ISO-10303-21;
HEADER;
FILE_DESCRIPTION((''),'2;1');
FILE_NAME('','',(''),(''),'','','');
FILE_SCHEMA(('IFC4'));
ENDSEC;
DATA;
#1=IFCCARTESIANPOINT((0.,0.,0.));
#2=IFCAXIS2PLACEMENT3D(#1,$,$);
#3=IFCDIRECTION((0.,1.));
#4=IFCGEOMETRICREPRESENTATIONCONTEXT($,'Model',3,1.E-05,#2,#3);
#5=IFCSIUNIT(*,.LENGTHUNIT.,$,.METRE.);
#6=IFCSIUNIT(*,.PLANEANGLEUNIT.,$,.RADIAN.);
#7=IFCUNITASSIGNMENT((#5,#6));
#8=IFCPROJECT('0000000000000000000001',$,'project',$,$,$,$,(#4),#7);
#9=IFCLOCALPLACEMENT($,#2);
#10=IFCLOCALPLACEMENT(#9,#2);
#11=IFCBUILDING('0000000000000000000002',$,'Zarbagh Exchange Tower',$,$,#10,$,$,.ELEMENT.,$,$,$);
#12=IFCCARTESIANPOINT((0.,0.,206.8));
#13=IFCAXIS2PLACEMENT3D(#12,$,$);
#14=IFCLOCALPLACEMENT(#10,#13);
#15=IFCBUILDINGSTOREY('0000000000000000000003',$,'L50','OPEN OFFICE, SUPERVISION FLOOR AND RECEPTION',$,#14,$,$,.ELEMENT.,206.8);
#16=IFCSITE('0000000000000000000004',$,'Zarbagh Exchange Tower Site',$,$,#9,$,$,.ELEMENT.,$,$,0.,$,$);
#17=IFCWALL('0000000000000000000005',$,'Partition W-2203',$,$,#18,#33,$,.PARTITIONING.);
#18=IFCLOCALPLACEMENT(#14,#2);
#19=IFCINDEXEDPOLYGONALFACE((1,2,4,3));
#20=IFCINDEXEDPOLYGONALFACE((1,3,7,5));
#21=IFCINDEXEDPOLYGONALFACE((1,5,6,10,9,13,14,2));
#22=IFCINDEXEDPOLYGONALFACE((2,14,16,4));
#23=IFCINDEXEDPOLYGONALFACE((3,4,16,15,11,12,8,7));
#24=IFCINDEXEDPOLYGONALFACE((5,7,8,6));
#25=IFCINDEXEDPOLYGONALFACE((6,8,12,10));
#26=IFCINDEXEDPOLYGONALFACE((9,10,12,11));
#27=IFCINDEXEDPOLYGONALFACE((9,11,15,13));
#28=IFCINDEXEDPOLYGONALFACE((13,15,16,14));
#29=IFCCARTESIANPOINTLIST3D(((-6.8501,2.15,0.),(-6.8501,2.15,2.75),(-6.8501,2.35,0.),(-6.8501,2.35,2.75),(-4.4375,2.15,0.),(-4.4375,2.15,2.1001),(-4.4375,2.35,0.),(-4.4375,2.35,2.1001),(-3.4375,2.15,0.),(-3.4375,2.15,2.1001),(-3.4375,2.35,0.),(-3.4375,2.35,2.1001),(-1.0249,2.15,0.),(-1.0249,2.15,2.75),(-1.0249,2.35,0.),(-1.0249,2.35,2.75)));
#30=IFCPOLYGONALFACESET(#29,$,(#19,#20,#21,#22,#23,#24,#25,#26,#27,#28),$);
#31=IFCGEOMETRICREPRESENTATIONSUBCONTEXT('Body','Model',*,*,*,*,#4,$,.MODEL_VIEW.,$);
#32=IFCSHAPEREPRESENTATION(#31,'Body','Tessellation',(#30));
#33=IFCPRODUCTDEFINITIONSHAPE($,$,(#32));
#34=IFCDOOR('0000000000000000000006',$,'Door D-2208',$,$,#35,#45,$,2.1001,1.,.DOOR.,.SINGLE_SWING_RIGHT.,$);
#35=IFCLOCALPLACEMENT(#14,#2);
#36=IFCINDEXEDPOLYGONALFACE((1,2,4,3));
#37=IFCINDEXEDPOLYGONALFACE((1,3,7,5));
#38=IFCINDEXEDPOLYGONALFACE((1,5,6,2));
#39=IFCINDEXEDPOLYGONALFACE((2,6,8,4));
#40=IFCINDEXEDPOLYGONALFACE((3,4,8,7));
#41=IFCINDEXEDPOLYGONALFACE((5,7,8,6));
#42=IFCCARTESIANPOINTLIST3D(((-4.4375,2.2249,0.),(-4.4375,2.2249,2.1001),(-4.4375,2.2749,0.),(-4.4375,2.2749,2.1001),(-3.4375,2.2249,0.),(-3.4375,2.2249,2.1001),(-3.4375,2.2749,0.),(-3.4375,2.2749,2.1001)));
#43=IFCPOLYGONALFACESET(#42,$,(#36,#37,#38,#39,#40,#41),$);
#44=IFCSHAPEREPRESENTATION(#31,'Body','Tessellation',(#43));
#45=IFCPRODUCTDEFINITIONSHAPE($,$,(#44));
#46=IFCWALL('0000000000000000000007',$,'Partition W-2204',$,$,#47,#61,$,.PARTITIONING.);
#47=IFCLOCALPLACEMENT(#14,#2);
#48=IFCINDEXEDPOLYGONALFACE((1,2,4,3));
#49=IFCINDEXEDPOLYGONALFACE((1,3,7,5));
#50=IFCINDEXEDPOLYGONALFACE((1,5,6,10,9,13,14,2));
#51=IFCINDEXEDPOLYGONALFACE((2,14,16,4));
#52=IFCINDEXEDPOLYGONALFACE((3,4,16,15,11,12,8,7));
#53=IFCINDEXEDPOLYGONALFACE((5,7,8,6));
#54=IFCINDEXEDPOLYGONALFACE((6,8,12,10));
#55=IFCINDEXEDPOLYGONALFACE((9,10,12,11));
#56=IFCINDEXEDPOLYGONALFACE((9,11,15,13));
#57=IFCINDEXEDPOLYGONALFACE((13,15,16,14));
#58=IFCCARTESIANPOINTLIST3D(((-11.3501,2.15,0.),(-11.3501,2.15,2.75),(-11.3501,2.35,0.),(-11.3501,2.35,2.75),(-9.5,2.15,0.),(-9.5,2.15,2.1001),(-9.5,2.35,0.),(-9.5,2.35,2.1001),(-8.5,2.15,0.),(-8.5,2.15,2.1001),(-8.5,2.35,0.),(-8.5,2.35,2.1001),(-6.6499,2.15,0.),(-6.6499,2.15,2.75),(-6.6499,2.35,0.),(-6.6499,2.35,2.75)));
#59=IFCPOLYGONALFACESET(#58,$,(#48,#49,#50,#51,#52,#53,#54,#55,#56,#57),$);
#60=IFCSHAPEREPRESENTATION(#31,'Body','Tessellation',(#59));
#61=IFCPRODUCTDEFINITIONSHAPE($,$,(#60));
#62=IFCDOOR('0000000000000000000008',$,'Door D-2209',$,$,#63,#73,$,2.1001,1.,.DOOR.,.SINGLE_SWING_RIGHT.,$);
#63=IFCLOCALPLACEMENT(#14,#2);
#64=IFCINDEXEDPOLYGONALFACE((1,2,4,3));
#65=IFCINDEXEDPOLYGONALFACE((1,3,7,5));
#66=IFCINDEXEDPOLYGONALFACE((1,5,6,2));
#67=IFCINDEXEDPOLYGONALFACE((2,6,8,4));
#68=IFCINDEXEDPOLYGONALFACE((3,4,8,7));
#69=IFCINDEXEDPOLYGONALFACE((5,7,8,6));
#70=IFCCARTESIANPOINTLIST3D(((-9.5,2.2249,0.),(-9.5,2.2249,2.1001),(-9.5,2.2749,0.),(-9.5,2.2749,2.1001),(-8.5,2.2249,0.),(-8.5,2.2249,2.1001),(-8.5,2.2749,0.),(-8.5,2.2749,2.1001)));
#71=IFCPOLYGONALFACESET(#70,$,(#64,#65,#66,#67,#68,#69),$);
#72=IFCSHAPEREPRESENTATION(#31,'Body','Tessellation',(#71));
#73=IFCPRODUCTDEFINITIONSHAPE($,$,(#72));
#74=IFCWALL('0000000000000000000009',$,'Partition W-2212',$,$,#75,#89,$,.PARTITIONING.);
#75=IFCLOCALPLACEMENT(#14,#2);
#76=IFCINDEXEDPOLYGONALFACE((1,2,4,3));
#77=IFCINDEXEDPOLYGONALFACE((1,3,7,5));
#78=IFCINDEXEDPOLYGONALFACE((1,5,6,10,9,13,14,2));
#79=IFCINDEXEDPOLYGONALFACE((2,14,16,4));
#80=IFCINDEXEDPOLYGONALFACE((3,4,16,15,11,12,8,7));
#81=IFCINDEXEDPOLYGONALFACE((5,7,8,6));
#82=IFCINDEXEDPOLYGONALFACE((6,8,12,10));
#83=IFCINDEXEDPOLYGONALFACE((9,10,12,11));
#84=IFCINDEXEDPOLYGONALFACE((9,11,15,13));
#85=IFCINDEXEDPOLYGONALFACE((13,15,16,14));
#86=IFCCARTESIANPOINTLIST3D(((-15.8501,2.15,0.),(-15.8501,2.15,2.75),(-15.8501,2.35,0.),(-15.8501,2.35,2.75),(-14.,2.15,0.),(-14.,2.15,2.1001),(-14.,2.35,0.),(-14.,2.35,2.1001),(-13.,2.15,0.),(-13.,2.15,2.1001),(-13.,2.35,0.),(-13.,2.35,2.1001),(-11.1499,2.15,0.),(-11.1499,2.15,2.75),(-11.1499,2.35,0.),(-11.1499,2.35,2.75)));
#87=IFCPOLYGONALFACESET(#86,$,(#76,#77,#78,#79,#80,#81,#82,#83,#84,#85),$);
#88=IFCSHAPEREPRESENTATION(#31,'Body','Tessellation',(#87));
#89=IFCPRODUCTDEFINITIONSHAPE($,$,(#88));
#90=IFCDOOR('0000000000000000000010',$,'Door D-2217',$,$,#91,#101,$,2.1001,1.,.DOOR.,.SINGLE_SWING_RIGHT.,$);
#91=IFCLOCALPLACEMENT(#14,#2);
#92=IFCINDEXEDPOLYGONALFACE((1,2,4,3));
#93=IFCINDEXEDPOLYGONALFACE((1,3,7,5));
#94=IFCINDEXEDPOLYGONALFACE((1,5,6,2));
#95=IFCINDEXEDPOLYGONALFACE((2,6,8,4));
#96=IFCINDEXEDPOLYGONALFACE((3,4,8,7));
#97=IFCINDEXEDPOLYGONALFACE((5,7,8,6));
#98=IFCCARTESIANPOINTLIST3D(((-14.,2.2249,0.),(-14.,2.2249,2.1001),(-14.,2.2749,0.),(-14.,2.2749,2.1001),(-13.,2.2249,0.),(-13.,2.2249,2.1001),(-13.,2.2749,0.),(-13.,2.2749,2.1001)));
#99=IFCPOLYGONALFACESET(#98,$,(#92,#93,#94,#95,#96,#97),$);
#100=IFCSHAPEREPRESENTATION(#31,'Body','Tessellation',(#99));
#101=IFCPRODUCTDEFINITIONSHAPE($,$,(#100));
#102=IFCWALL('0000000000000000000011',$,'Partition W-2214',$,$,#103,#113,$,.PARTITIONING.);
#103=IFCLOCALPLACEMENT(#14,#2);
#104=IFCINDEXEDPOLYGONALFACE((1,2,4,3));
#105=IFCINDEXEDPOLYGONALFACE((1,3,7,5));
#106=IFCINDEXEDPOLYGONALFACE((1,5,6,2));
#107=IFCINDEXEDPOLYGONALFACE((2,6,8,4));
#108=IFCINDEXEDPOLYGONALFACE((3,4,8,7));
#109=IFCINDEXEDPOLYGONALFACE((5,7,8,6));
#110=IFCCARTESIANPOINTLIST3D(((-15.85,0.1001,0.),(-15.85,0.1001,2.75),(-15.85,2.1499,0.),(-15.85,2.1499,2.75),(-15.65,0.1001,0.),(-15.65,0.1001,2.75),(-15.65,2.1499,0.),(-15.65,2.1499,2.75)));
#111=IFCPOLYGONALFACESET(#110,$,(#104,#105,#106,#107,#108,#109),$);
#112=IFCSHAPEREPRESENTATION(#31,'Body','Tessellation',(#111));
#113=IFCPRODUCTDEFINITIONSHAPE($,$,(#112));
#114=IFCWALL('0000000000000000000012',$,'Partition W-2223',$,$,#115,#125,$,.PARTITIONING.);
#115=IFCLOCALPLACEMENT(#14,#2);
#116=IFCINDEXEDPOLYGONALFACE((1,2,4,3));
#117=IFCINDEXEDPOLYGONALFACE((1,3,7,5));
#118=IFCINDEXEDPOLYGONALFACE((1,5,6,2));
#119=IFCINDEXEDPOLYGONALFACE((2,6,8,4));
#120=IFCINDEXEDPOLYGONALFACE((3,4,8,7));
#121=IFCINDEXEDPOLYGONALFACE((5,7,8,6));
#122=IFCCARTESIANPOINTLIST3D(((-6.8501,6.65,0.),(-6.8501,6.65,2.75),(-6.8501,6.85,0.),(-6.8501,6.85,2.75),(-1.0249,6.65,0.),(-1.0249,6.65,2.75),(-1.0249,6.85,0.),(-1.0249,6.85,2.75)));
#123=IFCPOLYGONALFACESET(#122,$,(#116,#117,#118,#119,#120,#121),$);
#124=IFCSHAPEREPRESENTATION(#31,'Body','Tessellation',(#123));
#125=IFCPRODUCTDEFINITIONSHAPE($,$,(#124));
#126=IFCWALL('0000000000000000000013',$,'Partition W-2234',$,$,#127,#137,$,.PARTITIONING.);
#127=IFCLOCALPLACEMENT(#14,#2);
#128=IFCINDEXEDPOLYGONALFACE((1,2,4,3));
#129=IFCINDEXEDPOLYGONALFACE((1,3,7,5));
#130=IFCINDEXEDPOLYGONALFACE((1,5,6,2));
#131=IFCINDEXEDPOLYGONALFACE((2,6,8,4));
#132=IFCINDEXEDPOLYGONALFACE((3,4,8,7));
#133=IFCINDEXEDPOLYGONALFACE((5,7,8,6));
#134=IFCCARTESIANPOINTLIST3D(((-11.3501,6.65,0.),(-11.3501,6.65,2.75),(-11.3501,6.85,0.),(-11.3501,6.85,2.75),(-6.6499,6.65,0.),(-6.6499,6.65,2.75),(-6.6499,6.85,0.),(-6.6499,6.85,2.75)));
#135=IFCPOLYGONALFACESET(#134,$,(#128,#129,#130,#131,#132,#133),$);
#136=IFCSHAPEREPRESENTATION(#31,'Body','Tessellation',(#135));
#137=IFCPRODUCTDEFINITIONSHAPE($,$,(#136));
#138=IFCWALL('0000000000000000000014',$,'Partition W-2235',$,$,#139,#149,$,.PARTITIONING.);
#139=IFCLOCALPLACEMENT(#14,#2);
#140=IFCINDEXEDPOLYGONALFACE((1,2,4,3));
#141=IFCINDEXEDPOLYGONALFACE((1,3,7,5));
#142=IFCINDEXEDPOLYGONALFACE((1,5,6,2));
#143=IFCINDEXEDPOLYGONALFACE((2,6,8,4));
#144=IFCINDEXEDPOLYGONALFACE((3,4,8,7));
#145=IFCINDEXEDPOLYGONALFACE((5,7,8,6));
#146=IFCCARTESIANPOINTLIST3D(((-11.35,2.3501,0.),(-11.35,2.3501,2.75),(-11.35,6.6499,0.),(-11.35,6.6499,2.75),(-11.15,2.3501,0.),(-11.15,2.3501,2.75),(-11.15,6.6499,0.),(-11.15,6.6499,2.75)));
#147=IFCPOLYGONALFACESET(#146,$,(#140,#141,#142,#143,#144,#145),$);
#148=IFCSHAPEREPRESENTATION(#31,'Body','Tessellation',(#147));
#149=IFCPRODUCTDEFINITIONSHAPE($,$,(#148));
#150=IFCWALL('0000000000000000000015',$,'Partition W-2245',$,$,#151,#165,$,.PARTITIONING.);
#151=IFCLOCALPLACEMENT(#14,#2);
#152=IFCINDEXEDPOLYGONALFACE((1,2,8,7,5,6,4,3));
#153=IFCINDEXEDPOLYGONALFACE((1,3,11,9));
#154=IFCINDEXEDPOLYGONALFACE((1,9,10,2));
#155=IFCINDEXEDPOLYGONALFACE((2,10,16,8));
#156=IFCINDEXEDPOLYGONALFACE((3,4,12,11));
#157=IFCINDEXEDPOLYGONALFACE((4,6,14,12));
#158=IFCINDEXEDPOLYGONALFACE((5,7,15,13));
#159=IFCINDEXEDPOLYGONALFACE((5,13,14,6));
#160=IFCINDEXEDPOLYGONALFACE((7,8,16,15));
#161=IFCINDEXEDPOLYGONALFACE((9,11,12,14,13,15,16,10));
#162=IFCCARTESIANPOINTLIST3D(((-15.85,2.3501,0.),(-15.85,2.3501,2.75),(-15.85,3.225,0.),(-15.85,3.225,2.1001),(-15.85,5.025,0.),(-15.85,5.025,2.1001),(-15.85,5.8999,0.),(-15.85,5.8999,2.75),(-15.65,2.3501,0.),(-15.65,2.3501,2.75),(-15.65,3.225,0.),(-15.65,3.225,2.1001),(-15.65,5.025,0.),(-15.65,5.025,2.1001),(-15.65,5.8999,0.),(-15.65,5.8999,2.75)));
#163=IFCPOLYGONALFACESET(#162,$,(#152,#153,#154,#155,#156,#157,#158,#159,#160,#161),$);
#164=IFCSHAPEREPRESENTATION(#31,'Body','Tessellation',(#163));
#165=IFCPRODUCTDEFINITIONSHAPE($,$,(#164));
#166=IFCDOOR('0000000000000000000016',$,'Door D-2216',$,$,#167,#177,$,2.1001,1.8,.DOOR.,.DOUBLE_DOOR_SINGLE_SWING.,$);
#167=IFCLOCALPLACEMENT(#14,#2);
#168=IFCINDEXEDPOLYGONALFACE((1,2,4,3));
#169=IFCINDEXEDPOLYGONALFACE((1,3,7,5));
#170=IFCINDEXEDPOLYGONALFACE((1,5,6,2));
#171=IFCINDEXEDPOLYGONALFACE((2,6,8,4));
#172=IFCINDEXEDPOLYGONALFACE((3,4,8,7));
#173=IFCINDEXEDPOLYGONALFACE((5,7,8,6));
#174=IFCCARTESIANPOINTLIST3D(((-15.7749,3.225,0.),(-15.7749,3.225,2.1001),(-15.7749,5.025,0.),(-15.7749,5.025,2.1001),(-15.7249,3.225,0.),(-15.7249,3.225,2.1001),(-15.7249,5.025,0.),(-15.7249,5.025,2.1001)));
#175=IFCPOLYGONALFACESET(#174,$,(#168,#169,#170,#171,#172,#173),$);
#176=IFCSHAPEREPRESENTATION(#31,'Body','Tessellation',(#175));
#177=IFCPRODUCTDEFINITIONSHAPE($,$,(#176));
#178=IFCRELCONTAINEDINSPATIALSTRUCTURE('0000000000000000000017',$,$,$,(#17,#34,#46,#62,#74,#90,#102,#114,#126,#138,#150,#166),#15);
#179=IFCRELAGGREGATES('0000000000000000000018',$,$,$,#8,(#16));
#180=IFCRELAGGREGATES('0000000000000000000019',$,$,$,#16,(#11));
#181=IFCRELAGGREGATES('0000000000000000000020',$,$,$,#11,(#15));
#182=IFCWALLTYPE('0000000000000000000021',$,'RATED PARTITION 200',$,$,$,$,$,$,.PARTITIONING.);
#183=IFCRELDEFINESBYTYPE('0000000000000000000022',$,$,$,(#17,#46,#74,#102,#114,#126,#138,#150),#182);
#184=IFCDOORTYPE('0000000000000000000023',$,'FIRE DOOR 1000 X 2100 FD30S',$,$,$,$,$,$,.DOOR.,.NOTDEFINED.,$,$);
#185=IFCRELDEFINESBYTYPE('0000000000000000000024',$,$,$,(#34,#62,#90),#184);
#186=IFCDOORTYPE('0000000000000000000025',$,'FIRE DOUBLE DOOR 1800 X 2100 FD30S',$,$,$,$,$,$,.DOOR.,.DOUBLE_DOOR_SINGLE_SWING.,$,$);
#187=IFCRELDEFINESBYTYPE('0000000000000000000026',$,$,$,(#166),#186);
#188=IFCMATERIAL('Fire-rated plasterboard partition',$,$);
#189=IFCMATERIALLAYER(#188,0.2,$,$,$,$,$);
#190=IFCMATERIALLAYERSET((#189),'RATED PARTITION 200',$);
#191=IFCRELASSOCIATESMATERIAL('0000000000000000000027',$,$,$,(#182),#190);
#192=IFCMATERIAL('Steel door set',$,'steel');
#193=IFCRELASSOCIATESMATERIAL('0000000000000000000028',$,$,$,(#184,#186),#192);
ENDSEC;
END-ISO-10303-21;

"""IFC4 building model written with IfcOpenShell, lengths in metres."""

from ifc_helpers import new_model, si_unit, direction, frame, frame_2d, origin, place, context, subcontext, project, spatial, rectangle, extrude, material, layer, layer_set, type_object, element, fill, save


model = new_model("IFC4")

# Units and contexts
model_context = context("Model", 3, precision=1e-05, world=origin(), true_north=direction((0.0, 1.0)))
body_context = subcontext(model_context, "Body", "Model", "MODEL_VIEW")
ifc_project = project(units=[si_unit("LENGTHUNIT", "METRE"), si_unit("PLANEANGLEUNIT", "RADIAN")], contexts=[model_context])

# Site, building, storey
site_placement = place(None, origin())
site = spatial("IfcSite", under=ifc_project, at=site_placement, Name="Zarbagh Exchange Tower Site", CompositionType="ELEMENT", RefElevation=0.0)
building_placement = place(site_placement, origin())
building = spatial("IfcBuilding", under=site, at=building_placement, Name="Zarbagh Exchange Tower", CompositionType="ELEMENT")
storey_placement = place(building_placement, frame((0.0, 0.0, 206.8)))
storey = spatial("IfcBuildingStorey", under=building, at=storey_placement, Name="L50", Description="OPEN OFFICE, SUPERVISION FLOOR AND RECEPTION", CompositionType="ELEMENT", Elevation=206.8)

# Walls, openings, doors
ifc_material_1 = material(Name="Fire-rated plasterboard partition")
ifc_layer = layer(ifc_material_1, 0.2)
ifc_layer_set = layer_set([ifc_layer], Name="RATED PARTITION 200")
wall_type = type_object("IfcWallType", Name="RATED PARTITION 200", PredefinedType="PARTITIONING", material=ifc_layer_set)
wall_1_placement = place(storey_placement, frame((-6.8501, 2.25, 0.0), z_axis=(0.0, 0.0, 1.0), x_axis=(1.0, 0.0, 0.0)))
wall_1 = element("IfcWall", 1, at=wall_1_placement, inside=storey, type_object=wall_type, Name="Partition W-2203", PredefinedType="PARTITIONING", context=body_context, shape_type="SweptSolid", body=[
    extrude(rectangle(XDim=5.8252, YDim=0.2, at=frame_2d((2.9126, 0.0))), origin(), (0.0, 0.0, 1.0), 2.75),
])
opening_1_placement = place(wall_1_placement, frame((2.4126, 0.0, 0.0)))
opening_1 = element("IfcOpeningElement", 2, at=opening_1_placement, cuts=wall_1, PredefinedType="OPENING", context=body_context, shape_type="SweptSolid", body=[
    extrude(rectangle(XDim=1.0, YDim=2.1001, at=frame_2d((0.5, 1.05))), frame((0.0, 0.1099, 0.0), z_axis=(0.0, -1.0, 0.0), x_axis=(1.0, 0.0, 0.0)), (0.0, 0.0, 1.0), 0.22),
])
ifc_material_2 = material(Name="Steel door set", Category="steel")
door_type_1 = type_object("IfcDoorType", Name="FIRE DOOR 1000 X 2100 FD30S", OperationType="NOTDEFINED", PredefinedType="DOOR", material=ifc_material_2)
door_1_placement = place(opening_1_placement, origin())
door_1 = element("IfcDoor", 3, at=door_1_placement, inside=storey, type_object=door_type_1, Name="Door D-2208", OperationType="SINGLE_SWING_RIGHT", OverallHeight=2.1001, OverallWidth=1.0, PredefinedType="DOOR", context=body_context, shape_type="SweptSolid", body=[
    extrude(rectangle(XDim=1.0, YDim=2.1001, at=frame_2d((0.5, 1.05))), frame((0.0, 0.0249, 0.0), z_axis=(0.0, -1.0, 0.0), x_axis=(1.0, 0.0, 0.0)), (0.0, 0.0, 1.0), 0.05),
])
fill(opening_1, door_1)
wall_2_placement = place(storey_placement, frame((-11.3501, 2.25, 0.0), z_axis=(0.0, 0.0, 1.0), x_axis=(1.0, 0.0, 0.0)))
wall_2 = element("IfcWall", 4, at=wall_2_placement, inside=storey, type_object=wall_type, Name="Partition W-2204", PredefinedType="PARTITIONING", context=body_context, shape_type="SweptSolid", body=[
    extrude(rectangle(XDim=4.7002, YDim=0.2, at=frame_2d((2.3501, 0.0))), origin(), (0.0, 0.0, 1.0), 2.75),
])
opening_2_placement = place(wall_2_placement, frame((1.8501, 0.0, 0.0)))
opening_2 = element("IfcOpeningElement", 5, at=opening_2_placement, cuts=wall_2, PredefinedType="OPENING", context=body_context, shape_type="SweptSolid", body=[
    extrude(rectangle(XDim=1.0, YDim=2.1001, at=frame_2d((0.5, 1.05))), frame((0.0, 0.1099, 0.0), z_axis=(0.0, -1.0, 0.0), x_axis=(1.0, 0.0, 0.0)), (0.0, 0.0, 1.0), 0.22),
])
door_2_placement = place(opening_2_placement, origin())
door_2 = element("IfcDoor", 6, at=door_2_placement, inside=storey, type_object=door_type_1, Name="Door D-2209", OperationType="SINGLE_SWING_RIGHT", OverallHeight=2.1001, OverallWidth=1.0, PredefinedType="DOOR", context=body_context, shape_type="SweptSolid", body=[
    extrude(rectangle(XDim=1.0, YDim=2.1001, at=frame_2d((0.5, 1.05))), frame((0.0, 0.0249, 0.0), z_axis=(0.0, -1.0, 0.0), x_axis=(1.0, 0.0, 0.0)), (0.0, 0.0, 1.0), 0.05),
])
fill(opening_2, door_2)
wall_3_placement = place(storey_placement, frame((-15.8501, 2.25, 0.0), z_axis=(0.0, 0.0, 1.0), x_axis=(1.0, 0.0, 0.0)))
wall_3 = element("IfcWall", 7, at=wall_3_placement, inside=storey, type_object=wall_type, Name="Partition W-2212", PredefinedType="PARTITIONING", context=body_context, shape_type="SweptSolid", body=[
    extrude(rectangle(XDim=4.7002, YDim=0.2, at=frame_2d((2.3501, 0.0))), origin(), (0.0, 0.0, 1.0), 2.75),
])
opening_3_placement = place(wall_3_placement, frame((1.8501, 0.0, 0.0)))
opening_3 = element("IfcOpeningElement", 8, at=opening_3_placement, cuts=wall_3, PredefinedType="OPENING", context=body_context, shape_type="SweptSolid", body=[
    extrude(rectangle(XDim=1.0, YDim=2.1001, at=frame_2d((0.5, 1.05))), frame((0.0, 0.1099, 0.0), z_axis=(0.0, -1.0, 0.0), x_axis=(1.0, 0.0, 0.0)), (0.0, 0.0, 1.0), 0.22),
])
door_3_placement = place(opening_3_placement, origin())
door_3 = element("IfcDoor", 9, at=door_3_placement, inside=storey, type_object=door_type_1, Name="Door D-2217", OperationType="SINGLE_SWING_RIGHT", OverallHeight=2.1001, OverallWidth=1.0, PredefinedType="DOOR", context=body_context, shape_type="SweptSolid", body=[
    extrude(rectangle(XDim=1.0, YDim=2.1001, at=frame_2d((0.5, 1.05))), frame((0.0, 0.0249, 0.0), z_axis=(0.0, -1.0, 0.0), x_axis=(1.0, 0.0, 0.0)), (0.0, 0.0, 1.0), 0.05),
])
fill(opening_3, door_3)

# Walls
wall_4_placement = place(storey_placement, frame((-15.75, 0.1001, 0.0), z_axis=(0.0, 0.0, 1.0), x_axis=(0.0, 1.0, 0.0)))
element("IfcWall", 10, at=wall_4_placement, inside=storey, type_object=wall_type, Name="Partition W-2214", PredefinedType="PARTITIONING", context=body_context, shape_type="SweptSolid", body=[
    extrude(rectangle(XDim=2.0498, YDim=0.2, at=frame_2d((1.0249, 0.0))), origin(), (0.0, 0.0, 1.0), 2.75),
])
wall_5_placement = place(storey_placement, frame((-6.8501, 6.75, 0.0), z_axis=(0.0, 0.0, 1.0), x_axis=(1.0, 0.0, 0.0)))
element("IfcWall", 11, at=wall_5_placement, inside=storey, type_object=wall_type, Name="Partition W-2223", PredefinedType="PARTITIONING", context=body_context, shape_type="SweptSolid", body=[
    extrude(rectangle(XDim=5.8252, YDim=0.2, at=frame_2d((2.9126, 0.0))), origin(), (0.0, 0.0, 1.0), 2.75),
])
wall_6_placement = place(storey_placement, frame((-11.3501, 6.75, 0.0), z_axis=(0.0, 0.0, 1.0), x_axis=(1.0, 0.0, 0.0)))
element("IfcWall", 12, at=wall_6_placement, inside=storey, type_object=wall_type, Name="Partition W-2234", PredefinedType="PARTITIONING", context=body_context, shape_type="SweptSolid", body=[
    extrude(rectangle(XDim=4.7002, YDim=0.2, at=frame_2d((2.3501, 0.0))), origin(), (0.0, 0.0, 1.0), 2.75),
])
wall_7_placement = place(storey_placement, frame((-11.25, 2.3501, 0.0), z_axis=(0.0, 0.0, 1.0), x_axis=(0.0, 1.0, 0.0)))
element("IfcWall", 13, at=wall_7_placement, inside=storey, type_object=wall_type, Name="Partition W-2235", PredefinedType="PARTITIONING", context=body_context, shape_type="SweptSolid", body=[
    extrude(rectangle(XDim=4.2998, YDim=0.2, at=frame_2d((2.1499, 0.0))), origin(), (0.0, 0.0, 1.0), 2.75),
])

# Wall, opening, door
wall_8_placement = place(storey_placement, frame((-15.75, 2.3501, 0.0), z_axis=(0.0, 0.0, 1.0), x_axis=(0.0, 1.0, 0.0)))
wall_8 = element("IfcWall", 14, at=wall_8_placement, inside=storey, type_object=wall_type, Name="Partition W-2245", PredefinedType="PARTITIONING", context=body_context, shape_type="SweptSolid", body=[
    extrude(rectangle(XDim=3.5498, YDim=0.2, at=frame_2d((1.7749, 0.0))), origin(), (0.0, 0.0, 1.0), 2.75),
])
opening_4_placement = place(wall_8_placement, frame((0.875, 0.0, 0.0)))
opening_4 = element("IfcOpeningElement", 15, at=opening_4_placement, cuts=wall_8, PredefinedType="OPENING", context=body_context, shape_type="SweptSolid", body=[
    extrude(rectangle(XDim=1.8, YDim=2.1001, at=frame_2d((0.8999, 1.05))), frame((0.0, 0.1099, 0.0), z_axis=(0.0, -1.0, 0.0), x_axis=(1.0, 0.0, 0.0)), (0.0, 0.0, 1.0), 0.22),
])
door_type_2 = type_object("IfcDoorType", Name="FIRE DOUBLE DOOR 1800 X 2100 FD30S", OperationType="DOUBLE_DOOR_SINGLE_SWING", PredefinedType="DOOR", material=ifc_material_2)
door_4_placement = place(opening_4_placement, origin())
door_4 = element("IfcDoor", 16, at=door_4_placement, inside=storey, type_object=door_type_2, Name="Door D-2216", OperationType="DOUBLE_DOOR_SINGLE_SWING", OverallHeight=2.1001, OverallWidth=1.8, PredefinedType="DOOR", context=body_context, shape_type="SweptSolid", body=[
    extrude(rectangle(XDim=1.8, YDim=2.1001, at=frame_2d((0.8999, 1.05))), frame((0.0, 0.0249, 0.0), z_axis=(0.0, -1.0, 0.0), x_axis=(1.0, 0.0, 0.0)), (0.0, 0.0, 1.0), 0.05),
])
fill(opening_4, door_4)

save(model, "model.ifc")
